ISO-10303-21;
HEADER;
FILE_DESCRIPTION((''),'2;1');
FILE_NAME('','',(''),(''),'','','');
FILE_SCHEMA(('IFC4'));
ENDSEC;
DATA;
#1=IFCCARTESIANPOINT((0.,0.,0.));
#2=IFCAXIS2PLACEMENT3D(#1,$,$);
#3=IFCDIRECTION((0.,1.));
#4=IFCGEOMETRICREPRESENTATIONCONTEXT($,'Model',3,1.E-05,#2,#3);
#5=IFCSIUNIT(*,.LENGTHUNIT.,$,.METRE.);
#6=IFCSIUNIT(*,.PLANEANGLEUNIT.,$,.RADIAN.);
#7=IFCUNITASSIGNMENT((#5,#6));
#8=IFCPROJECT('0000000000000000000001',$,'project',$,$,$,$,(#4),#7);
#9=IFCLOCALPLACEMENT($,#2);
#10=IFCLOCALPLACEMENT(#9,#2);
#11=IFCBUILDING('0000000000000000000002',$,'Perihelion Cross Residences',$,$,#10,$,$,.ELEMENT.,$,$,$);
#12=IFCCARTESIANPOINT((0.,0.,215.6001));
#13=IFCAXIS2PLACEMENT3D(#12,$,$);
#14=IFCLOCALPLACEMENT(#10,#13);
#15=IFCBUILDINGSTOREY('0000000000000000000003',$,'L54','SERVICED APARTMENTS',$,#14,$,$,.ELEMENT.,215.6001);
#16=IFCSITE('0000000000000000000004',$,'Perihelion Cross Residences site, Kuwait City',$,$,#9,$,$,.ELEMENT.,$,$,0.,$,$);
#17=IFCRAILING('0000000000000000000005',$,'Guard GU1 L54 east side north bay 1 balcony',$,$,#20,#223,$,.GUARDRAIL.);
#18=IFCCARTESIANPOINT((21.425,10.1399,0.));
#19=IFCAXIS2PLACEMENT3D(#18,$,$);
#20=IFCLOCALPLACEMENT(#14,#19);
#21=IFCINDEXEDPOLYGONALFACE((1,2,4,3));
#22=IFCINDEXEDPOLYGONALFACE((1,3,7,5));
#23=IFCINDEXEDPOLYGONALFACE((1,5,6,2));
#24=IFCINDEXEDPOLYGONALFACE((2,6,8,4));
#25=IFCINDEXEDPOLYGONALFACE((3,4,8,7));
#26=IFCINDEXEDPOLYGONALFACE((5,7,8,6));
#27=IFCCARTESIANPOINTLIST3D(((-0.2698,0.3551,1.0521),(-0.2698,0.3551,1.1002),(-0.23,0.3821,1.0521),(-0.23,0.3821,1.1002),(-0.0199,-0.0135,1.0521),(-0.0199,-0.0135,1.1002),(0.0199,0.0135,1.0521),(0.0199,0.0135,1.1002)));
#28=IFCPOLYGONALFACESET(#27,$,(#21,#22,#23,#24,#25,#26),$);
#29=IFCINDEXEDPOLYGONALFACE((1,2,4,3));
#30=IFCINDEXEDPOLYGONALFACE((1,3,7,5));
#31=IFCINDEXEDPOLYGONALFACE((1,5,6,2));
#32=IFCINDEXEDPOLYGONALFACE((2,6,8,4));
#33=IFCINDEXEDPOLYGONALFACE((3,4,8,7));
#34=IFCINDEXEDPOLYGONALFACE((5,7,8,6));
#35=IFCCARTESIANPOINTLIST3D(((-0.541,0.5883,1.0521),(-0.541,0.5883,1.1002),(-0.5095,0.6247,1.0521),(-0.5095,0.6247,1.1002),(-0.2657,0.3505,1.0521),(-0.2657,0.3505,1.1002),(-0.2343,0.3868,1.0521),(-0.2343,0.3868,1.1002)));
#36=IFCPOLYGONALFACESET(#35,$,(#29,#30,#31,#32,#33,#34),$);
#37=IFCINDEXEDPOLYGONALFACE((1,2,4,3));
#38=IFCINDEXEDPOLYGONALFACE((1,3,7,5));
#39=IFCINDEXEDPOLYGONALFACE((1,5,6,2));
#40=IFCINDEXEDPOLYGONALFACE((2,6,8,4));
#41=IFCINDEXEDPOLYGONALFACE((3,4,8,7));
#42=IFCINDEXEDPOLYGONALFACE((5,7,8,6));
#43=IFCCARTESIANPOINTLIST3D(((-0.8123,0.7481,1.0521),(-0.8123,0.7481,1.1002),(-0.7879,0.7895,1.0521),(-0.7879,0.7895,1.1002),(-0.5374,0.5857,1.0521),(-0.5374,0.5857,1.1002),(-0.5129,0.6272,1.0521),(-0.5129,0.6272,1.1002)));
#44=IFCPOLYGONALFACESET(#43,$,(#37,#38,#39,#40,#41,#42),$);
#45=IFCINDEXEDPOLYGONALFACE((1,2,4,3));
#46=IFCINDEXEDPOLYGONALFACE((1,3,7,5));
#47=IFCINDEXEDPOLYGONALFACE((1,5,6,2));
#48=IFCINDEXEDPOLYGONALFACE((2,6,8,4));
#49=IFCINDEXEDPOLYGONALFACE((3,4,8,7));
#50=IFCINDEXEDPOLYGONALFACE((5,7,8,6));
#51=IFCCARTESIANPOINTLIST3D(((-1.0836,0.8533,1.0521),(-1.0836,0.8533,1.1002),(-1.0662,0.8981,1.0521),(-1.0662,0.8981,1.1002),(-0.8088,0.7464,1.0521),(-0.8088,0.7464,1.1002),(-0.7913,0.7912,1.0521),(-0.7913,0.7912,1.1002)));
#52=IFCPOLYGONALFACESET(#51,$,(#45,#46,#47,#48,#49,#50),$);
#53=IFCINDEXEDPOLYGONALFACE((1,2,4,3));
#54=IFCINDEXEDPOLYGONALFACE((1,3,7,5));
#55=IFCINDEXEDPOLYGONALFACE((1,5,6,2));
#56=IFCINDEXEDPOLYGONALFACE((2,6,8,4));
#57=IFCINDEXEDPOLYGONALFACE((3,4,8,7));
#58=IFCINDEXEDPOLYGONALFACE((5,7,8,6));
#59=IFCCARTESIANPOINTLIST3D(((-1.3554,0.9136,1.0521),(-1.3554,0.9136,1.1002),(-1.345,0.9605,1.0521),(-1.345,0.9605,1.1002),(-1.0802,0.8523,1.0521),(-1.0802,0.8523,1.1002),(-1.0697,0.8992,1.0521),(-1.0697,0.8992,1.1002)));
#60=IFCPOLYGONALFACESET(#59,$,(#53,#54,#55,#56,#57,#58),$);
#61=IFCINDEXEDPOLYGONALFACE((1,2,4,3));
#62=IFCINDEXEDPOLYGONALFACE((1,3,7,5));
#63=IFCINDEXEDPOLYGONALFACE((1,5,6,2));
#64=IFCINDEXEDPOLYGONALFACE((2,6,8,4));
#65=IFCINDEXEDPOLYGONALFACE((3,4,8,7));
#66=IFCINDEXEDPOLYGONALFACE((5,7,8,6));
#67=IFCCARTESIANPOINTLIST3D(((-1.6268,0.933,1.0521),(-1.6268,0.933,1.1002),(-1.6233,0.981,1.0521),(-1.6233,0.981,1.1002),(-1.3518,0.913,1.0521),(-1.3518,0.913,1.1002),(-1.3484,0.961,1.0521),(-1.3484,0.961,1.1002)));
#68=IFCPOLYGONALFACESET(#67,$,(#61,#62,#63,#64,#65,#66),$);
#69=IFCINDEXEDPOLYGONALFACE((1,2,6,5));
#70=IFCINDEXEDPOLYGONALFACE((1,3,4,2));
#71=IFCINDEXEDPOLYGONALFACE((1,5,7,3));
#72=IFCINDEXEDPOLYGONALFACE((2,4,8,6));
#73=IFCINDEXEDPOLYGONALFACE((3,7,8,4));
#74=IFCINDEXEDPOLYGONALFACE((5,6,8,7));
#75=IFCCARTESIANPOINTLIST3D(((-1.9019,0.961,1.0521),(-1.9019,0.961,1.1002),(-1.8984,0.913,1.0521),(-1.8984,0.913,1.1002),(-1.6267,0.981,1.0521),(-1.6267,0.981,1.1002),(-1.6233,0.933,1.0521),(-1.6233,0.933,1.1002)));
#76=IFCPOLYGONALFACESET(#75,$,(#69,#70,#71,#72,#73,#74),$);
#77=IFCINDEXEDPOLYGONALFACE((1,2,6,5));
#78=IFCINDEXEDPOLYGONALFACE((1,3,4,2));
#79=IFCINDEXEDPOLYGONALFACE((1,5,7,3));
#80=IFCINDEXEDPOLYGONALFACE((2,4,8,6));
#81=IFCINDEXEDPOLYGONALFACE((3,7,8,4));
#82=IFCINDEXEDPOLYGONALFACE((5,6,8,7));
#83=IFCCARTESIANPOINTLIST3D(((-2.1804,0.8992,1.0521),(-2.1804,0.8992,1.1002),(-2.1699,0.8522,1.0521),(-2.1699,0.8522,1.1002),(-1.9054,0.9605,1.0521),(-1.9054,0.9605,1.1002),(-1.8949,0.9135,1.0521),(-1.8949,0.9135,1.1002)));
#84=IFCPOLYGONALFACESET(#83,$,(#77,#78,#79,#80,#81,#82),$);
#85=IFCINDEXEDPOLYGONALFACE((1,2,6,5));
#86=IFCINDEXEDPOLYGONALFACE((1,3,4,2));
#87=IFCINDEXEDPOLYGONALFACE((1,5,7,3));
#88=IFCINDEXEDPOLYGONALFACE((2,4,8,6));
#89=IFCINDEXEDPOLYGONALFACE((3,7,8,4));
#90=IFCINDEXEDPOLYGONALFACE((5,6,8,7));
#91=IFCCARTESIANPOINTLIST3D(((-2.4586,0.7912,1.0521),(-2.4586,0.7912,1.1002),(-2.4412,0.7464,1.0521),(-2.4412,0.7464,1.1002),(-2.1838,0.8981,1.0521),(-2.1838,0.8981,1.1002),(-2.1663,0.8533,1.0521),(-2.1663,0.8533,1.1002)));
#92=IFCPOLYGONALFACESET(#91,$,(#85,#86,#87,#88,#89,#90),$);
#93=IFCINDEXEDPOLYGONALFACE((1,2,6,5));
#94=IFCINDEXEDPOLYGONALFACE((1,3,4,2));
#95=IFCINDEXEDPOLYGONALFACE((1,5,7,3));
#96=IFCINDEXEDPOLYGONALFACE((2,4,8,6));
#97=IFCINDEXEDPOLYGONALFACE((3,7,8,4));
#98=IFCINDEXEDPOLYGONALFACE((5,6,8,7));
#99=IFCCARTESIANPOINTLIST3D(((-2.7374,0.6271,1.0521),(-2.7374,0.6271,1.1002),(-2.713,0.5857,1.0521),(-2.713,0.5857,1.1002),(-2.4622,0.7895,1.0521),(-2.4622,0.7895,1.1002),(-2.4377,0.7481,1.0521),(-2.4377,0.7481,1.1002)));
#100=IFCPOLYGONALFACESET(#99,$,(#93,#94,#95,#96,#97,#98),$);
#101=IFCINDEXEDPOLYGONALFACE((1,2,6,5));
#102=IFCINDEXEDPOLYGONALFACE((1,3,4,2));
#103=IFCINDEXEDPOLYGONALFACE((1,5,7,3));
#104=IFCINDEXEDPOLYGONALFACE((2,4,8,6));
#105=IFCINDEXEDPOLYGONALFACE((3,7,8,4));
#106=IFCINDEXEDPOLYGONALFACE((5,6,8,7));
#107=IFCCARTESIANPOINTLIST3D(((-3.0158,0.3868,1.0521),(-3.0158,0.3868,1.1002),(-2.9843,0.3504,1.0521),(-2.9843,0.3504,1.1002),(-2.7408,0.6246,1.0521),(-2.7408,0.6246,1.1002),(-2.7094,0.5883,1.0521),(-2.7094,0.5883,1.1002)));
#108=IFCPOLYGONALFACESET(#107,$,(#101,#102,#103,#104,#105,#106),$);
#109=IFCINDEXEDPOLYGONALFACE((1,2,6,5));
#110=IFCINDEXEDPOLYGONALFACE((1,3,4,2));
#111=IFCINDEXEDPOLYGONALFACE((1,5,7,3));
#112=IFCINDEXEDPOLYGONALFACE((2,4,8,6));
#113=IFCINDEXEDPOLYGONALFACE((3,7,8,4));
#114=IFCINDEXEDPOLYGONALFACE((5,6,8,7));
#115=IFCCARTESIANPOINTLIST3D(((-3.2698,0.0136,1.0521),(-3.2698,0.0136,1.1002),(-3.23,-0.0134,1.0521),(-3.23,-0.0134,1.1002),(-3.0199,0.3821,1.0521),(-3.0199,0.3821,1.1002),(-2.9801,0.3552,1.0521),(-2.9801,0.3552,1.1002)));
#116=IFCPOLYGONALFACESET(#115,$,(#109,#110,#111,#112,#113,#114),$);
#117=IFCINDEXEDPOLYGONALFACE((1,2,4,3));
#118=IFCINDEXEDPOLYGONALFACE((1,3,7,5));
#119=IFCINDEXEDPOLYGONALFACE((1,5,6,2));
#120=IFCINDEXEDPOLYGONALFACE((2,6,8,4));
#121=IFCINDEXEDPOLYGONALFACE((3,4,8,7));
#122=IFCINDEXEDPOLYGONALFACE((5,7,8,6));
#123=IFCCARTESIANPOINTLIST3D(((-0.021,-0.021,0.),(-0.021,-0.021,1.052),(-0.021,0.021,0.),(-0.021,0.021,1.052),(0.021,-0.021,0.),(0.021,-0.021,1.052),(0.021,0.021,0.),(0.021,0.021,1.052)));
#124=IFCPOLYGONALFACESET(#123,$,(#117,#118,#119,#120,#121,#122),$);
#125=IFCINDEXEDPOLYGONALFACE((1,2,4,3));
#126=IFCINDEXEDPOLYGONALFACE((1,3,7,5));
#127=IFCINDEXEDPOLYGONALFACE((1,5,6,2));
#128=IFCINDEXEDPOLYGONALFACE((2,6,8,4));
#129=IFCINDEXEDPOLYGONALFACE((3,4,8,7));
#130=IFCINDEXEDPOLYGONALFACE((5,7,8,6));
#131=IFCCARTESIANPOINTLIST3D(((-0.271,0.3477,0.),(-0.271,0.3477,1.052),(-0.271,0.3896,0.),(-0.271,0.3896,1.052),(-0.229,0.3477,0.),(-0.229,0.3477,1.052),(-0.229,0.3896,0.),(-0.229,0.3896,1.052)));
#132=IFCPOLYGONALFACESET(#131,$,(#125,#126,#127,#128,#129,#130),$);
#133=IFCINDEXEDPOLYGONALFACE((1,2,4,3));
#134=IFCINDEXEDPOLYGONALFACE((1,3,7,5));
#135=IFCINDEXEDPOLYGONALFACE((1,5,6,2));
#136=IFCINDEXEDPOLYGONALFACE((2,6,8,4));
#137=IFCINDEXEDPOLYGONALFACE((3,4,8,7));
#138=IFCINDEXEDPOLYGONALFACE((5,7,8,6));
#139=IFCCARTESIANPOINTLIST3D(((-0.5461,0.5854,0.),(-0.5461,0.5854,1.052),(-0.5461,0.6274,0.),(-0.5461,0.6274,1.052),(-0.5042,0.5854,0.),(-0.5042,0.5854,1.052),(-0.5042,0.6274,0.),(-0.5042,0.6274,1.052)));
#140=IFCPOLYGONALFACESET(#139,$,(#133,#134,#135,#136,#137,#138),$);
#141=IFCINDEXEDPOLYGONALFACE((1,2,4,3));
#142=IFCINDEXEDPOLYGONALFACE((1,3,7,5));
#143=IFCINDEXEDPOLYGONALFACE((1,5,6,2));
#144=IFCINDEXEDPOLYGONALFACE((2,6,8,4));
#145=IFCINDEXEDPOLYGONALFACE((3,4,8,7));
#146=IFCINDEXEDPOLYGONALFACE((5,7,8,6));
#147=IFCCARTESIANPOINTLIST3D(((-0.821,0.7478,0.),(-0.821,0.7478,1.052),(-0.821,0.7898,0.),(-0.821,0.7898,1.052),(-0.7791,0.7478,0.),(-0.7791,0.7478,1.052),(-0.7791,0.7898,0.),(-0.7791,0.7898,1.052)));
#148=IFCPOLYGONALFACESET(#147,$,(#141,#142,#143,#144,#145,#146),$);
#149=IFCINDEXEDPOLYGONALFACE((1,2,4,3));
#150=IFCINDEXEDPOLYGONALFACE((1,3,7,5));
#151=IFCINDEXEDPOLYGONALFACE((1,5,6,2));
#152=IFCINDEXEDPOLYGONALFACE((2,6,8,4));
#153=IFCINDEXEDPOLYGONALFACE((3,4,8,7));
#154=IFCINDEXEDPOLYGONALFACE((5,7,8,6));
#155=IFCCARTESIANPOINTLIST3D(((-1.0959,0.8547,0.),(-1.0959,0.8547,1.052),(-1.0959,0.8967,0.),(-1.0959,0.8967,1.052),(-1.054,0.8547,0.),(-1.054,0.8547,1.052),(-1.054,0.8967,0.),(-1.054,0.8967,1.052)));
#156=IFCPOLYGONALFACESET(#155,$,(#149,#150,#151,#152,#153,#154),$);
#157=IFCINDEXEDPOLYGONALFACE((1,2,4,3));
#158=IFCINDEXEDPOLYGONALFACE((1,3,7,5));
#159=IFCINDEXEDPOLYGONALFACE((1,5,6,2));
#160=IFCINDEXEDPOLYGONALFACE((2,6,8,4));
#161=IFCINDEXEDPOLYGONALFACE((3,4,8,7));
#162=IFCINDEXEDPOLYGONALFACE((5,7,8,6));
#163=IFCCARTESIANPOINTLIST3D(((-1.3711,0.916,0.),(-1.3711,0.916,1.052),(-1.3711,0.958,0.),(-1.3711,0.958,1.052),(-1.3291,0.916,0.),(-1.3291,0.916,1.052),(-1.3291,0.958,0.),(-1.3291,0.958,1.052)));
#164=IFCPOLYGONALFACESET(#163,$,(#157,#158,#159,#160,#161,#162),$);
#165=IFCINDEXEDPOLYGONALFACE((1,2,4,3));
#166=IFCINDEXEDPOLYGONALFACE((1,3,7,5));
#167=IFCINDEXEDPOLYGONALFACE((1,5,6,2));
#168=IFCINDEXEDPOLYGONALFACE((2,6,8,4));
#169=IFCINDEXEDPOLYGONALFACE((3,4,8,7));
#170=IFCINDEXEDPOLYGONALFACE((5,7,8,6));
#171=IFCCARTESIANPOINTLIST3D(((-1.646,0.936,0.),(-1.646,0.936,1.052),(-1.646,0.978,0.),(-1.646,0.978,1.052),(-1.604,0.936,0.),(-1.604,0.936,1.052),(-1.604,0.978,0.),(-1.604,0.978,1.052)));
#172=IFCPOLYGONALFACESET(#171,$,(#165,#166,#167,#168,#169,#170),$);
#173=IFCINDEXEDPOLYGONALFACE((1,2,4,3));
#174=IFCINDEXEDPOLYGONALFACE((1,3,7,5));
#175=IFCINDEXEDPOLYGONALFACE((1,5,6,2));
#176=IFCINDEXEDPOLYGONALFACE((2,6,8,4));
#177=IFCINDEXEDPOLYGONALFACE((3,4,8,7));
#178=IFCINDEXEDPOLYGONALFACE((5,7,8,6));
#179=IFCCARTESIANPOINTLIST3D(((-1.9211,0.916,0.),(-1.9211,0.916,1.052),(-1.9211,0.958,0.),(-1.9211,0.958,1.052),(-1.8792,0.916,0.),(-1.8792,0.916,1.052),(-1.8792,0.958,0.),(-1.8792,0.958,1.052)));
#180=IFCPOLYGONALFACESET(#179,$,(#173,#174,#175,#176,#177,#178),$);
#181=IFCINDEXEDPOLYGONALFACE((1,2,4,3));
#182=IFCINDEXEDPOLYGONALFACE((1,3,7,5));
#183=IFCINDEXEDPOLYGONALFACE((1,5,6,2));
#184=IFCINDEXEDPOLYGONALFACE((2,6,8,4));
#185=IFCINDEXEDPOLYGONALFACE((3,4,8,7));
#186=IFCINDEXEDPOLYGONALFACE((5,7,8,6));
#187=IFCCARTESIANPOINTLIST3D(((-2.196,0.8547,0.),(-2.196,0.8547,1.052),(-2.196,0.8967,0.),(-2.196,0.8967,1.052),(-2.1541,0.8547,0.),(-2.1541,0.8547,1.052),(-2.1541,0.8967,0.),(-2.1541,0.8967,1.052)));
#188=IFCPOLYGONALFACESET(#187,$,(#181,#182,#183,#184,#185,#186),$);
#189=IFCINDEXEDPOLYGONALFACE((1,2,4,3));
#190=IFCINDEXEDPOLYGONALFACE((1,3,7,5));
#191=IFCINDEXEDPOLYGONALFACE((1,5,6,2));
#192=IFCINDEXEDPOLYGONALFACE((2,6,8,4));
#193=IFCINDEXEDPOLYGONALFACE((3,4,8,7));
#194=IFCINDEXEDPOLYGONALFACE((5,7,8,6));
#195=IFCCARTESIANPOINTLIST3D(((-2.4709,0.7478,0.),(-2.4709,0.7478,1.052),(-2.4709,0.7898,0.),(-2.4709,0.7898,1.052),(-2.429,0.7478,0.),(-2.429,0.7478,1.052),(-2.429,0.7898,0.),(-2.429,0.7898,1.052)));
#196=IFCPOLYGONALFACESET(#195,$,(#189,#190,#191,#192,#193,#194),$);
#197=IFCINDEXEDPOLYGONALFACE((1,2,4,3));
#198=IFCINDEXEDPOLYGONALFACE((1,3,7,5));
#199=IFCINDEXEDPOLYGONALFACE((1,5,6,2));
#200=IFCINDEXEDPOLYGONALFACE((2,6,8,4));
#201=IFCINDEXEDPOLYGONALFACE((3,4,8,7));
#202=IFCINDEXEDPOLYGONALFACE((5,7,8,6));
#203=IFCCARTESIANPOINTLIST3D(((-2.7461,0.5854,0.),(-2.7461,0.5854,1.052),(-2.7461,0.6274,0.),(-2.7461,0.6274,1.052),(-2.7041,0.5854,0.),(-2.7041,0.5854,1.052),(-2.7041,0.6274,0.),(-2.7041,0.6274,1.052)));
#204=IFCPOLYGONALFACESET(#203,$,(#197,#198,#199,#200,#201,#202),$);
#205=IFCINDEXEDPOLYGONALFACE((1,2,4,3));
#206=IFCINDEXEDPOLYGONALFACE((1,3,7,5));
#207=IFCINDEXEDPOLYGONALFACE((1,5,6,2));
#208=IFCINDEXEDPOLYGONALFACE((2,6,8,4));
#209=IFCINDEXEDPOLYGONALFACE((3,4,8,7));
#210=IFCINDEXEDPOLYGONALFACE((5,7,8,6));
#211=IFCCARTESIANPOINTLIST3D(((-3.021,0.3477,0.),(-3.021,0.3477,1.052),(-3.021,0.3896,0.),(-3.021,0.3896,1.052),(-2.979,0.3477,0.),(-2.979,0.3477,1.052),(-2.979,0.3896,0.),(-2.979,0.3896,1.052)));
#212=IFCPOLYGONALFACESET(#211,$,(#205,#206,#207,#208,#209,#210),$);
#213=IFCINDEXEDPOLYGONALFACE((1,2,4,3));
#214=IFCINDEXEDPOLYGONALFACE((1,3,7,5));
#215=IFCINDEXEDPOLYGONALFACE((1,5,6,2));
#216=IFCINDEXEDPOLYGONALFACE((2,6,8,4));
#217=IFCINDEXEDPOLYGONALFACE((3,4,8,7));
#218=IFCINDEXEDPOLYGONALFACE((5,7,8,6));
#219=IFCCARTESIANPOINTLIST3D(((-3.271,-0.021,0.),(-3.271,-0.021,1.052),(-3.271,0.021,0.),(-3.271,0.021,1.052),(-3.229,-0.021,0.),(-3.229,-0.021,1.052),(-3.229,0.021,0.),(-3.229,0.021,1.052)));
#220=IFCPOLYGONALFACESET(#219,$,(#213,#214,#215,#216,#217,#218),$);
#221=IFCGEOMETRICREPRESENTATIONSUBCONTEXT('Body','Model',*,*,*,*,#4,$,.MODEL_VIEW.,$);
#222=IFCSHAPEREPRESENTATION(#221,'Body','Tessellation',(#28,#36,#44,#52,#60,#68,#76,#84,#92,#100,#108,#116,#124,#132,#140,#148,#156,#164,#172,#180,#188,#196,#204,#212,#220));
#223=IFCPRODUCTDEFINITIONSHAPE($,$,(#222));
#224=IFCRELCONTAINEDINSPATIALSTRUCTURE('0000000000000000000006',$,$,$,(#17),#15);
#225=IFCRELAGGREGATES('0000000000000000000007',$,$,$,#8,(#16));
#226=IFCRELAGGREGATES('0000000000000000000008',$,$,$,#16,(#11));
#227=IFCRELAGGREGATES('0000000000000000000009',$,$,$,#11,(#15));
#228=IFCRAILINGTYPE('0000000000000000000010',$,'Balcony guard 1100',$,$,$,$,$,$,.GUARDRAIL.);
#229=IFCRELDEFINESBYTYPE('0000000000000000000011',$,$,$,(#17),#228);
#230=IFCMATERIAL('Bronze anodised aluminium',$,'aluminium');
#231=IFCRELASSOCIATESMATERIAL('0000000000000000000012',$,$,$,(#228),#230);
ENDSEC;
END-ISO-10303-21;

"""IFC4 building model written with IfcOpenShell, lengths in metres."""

from ifc_helpers import new_model, si_unit, direction, frame, origin, origin_2d, place, context, subcontext, project, spatial, rectangle, extrude, material, type_object, element, save


model = new_model("IFC4")

# Units and contexts
model_context = context("Model", 3, precision=1e-05, world=origin(), true_north=direction((0.0, 1.0)))
body_context = subcontext(model_context, "Body", "Model", "MODEL_VIEW")
ifc_project = project(units=[si_unit("LENGTHUNIT", "METRE"), si_unit("PLANEANGLEUNIT", "RADIAN")], contexts=[model_context])

# Site, building, storey
site_placement = place(None, origin())
site = spatial("IfcSite", under=ifc_project, at=site_placement, Name="Perihelion Cross Residences site, Kuwait City", CompositionType="ELEMENT", RefElevation=0.0)
building_placement = place(site_placement, origin())
building = spatial("IfcBuilding", under=site, at=building_placement, Name="Perihelion Cross Residences", CompositionType="ELEMENT")
storey_placement = place(building_placement, frame((0.0, 0.0, 215.6001)))
storey = spatial("IfcBuildingStorey", under=building, at=storey_placement, Name="L54", Description="SERVICED APARTMENTS", CompositionType="ELEMENT", Elevation=215.6001)

# Railing
ifc_material_1 = material(Name="Bronze anodised aluminium", Category="aluminium")
railing_type_1 = type_object("IfcRailingType", Name="Balcony guard 1100", PredefinedType="GUARDRAIL", material=ifc_material_1)
railing_1_placement = place(storey_placement, frame((21.425, 10.1399, 0.0)))
element("IfcRailing", 1, at=railing_1_placement, inside=storey, type_object=railing_type_1, Name="Guard GU1 L54 east side north bay 1 balcony", PredefinedType="GUARDRAIL", context=body_context, shape_type="SweptSolid", body=[
    extrude(rectangle(XDim=0.0481, YDim=0.0481, at=origin_2d()), frame((0.0, 0.0, 1.0762), z_axis=(-0.56126, 0.827639, 0.0), x_axis=(-0.827639, -0.56126, 0.0)), (0.0, 0.0, 1.0), 0.4453),
    extrude(rectangle(XDim=0.0481, YDim=0.0481, at=origin_2d()), frame((-0.25, 0.3687, 1.0762), z_axis=(-0.756597, 0.653882, 0.0), x_axis=(-0.653882, -0.756597, 0.0)), (0.0, 0.0, 1.0), 0.3638),
    extrude(rectangle(XDim=0.0481, YDim=0.0481, at=origin_2d()), frame((-0.5251, 0.6064, 1.0762), z_axis=(-0.861048, 0.508523, 0.0), x_axis=(-0.508523, -0.861048, 0.0)), (0.0, 0.0, 1.0), 0.3193),
    extrude(rectangle(XDim=0.0481, YDim=0.0481, at=origin_2d()), frame((-0.8, 0.7688, 1.0762), z_axis=(-0.931974, 0.362526, 0.0), x_axis=(-0.362526, -0.931974, 0.0)), (0.0, 0.0, 1.0), 0.2949),
    extrude(rectangle(XDim=0.0481, YDim=0.0481, at=origin_2d()), frame((-1.075, 0.8757, 1.0762), z_axis=(-0.976085, 0.217389, 0.0), x_axis=(-0.217389, -0.976085, 0.0)), (0.0, 0.0, 1.0), 0.282),
    extrude(rectangle(XDim=0.0481, YDim=0.0481, at=origin_2d()), frame((-1.3501, 0.937, 1.0762), z_axis=(-0.997359, 0.072632, 0.0), x_axis=(-0.072632, -0.997359, 0.0)), (0.0, 0.0, 1.0), 0.2756),
    extrude(rectangle(XDim=0.0481, YDim=0.0481, at=origin_2d()), frame((-1.625, 0.957, 1.0762), z_axis=(-0.997363, -0.072568, 0.0), x_axis=(0.072568, -0.997363, 0.0)), (0.0, 0.0, 1.0), 0.2759),
    extrude(rectangle(XDim=0.0481, YDim=0.0481, at=origin_2d()), frame((-1.9001, 0.937, 1.0762), z_axis=(-0.976044, -0.217573, 0.0), x_axis=(0.217573, -0.976044, 0.0)), (0.0, 0.0, 1.0), 0.2817),
    extrude(rectangle(XDim=0.0481, YDim=0.0481, at=origin_2d()), frame((-2.175, 0.8757, 1.0762), z_axis=(-0.931974, -0.362526, 0.0), x_axis=(0.362526, -0.931974, 0.0)), (0.0, 0.0, 1.0), 0.2949),
    extrude(rectangle(XDim=0.0481, YDim=0.0481, at=origin_2d()), frame((-2.45, 0.7688, 1.0762), z_axis=(-0.861246, -0.508189, 0.0), x_axis=(0.508189, -0.861246, 0.0)), (0.0, 0.0, 1.0), 0.3196),
    extrude(rectangle(XDim=0.0481, YDim=0.0481, at=origin_2d()), frame((-2.7251, 0.6064, 1.0762), z_axis=(-0.756309, -0.654214, 0.0), x_axis=(0.654214, -0.756309, 0.0)), (0.0, 0.0, 1.0), 0.3635),
    extrude(rectangle(XDim=0.0481, YDim=0.0481, at=origin_2d()), frame((-3.0, 0.3687, 1.0762), z_axis=(-0.56126, -0.827639, 0.0), x_axis=(0.827639, -0.56126, 0.0)), (0.0, 0.0, 1.0), 0.4453),
    extrude(rectangle(XDim=0.042, YDim=0.042, at=origin_2d()), origin(), (0.0, 0.0, 1.0), 1.052),
    extrude(rectangle(XDim=0.042, YDim=0.042, at=origin_2d()), frame((-0.25, 0.3687, 0.0)), (0.0, 0.0, 1.0), 1.052),
    extrude(rectangle(XDim=0.042, YDim=0.042, at=origin_2d()), frame((-0.5251, 0.6064, 0.0)), (0.0, 0.0, 1.0), 1.052),
    extrude(rectangle(XDim=0.042, YDim=0.042, at=origin_2d()), frame((-0.8, 0.7688, 0.0)), (0.0, 0.0, 1.0), 1.052),
    extrude(rectangle(XDim=0.042, YDim=0.042, at=origin_2d()), frame((-1.075, 0.8757, 0.0)), (0.0, 0.0, 1.0), 1.052),
    extrude(rectangle(XDim=0.042, YDim=0.042, at=origin_2d()), frame((-1.3501, 0.937, 0.0)), (0.0, 0.0, 1.0), 1.052),
    extrude(rectangle(XDim=0.042, YDim=0.042, at=origin_2d()), frame((-1.625, 0.957, 0.0)), (0.0, 0.0, 1.0), 1.052),
    extrude(rectangle(XDim=0.042, YDim=0.042, at=origin_2d()), frame((-1.9001, 0.937, 0.0)), (0.0, 0.0, 1.0), 1.052),
    extrude(rectangle(XDim=0.042, YDim=0.042, at=origin_2d()), frame((-2.175, 0.8757, 0.0)), (0.0, 0.0, 1.0), 1.052),
    extrude(rectangle(XDim=0.042, YDim=0.042, at=origin_2d()), frame((-2.45, 0.7688, 0.0)), (0.0, 0.0, 1.0), 1.052),
    extrude(rectangle(XDim=0.042, YDim=0.042, at=origin_2d()), frame((-2.7251, 0.6064, 0.0)), (0.0, 0.0, 1.0), 1.052),
    extrude(rectangle(XDim=0.042, YDim=0.042, at=origin_2d()), frame((-3.0, 0.3687, 0.0)), (0.0, 0.0, 1.0), 1.052),
    extrude(rectangle(XDim=0.042, YDim=0.042, at=origin_2d()), frame((-3.25, 0.0, 0.0)), (0.0, 0.0, 1.0), 1.052),
])

save(model, "model.ifc")
